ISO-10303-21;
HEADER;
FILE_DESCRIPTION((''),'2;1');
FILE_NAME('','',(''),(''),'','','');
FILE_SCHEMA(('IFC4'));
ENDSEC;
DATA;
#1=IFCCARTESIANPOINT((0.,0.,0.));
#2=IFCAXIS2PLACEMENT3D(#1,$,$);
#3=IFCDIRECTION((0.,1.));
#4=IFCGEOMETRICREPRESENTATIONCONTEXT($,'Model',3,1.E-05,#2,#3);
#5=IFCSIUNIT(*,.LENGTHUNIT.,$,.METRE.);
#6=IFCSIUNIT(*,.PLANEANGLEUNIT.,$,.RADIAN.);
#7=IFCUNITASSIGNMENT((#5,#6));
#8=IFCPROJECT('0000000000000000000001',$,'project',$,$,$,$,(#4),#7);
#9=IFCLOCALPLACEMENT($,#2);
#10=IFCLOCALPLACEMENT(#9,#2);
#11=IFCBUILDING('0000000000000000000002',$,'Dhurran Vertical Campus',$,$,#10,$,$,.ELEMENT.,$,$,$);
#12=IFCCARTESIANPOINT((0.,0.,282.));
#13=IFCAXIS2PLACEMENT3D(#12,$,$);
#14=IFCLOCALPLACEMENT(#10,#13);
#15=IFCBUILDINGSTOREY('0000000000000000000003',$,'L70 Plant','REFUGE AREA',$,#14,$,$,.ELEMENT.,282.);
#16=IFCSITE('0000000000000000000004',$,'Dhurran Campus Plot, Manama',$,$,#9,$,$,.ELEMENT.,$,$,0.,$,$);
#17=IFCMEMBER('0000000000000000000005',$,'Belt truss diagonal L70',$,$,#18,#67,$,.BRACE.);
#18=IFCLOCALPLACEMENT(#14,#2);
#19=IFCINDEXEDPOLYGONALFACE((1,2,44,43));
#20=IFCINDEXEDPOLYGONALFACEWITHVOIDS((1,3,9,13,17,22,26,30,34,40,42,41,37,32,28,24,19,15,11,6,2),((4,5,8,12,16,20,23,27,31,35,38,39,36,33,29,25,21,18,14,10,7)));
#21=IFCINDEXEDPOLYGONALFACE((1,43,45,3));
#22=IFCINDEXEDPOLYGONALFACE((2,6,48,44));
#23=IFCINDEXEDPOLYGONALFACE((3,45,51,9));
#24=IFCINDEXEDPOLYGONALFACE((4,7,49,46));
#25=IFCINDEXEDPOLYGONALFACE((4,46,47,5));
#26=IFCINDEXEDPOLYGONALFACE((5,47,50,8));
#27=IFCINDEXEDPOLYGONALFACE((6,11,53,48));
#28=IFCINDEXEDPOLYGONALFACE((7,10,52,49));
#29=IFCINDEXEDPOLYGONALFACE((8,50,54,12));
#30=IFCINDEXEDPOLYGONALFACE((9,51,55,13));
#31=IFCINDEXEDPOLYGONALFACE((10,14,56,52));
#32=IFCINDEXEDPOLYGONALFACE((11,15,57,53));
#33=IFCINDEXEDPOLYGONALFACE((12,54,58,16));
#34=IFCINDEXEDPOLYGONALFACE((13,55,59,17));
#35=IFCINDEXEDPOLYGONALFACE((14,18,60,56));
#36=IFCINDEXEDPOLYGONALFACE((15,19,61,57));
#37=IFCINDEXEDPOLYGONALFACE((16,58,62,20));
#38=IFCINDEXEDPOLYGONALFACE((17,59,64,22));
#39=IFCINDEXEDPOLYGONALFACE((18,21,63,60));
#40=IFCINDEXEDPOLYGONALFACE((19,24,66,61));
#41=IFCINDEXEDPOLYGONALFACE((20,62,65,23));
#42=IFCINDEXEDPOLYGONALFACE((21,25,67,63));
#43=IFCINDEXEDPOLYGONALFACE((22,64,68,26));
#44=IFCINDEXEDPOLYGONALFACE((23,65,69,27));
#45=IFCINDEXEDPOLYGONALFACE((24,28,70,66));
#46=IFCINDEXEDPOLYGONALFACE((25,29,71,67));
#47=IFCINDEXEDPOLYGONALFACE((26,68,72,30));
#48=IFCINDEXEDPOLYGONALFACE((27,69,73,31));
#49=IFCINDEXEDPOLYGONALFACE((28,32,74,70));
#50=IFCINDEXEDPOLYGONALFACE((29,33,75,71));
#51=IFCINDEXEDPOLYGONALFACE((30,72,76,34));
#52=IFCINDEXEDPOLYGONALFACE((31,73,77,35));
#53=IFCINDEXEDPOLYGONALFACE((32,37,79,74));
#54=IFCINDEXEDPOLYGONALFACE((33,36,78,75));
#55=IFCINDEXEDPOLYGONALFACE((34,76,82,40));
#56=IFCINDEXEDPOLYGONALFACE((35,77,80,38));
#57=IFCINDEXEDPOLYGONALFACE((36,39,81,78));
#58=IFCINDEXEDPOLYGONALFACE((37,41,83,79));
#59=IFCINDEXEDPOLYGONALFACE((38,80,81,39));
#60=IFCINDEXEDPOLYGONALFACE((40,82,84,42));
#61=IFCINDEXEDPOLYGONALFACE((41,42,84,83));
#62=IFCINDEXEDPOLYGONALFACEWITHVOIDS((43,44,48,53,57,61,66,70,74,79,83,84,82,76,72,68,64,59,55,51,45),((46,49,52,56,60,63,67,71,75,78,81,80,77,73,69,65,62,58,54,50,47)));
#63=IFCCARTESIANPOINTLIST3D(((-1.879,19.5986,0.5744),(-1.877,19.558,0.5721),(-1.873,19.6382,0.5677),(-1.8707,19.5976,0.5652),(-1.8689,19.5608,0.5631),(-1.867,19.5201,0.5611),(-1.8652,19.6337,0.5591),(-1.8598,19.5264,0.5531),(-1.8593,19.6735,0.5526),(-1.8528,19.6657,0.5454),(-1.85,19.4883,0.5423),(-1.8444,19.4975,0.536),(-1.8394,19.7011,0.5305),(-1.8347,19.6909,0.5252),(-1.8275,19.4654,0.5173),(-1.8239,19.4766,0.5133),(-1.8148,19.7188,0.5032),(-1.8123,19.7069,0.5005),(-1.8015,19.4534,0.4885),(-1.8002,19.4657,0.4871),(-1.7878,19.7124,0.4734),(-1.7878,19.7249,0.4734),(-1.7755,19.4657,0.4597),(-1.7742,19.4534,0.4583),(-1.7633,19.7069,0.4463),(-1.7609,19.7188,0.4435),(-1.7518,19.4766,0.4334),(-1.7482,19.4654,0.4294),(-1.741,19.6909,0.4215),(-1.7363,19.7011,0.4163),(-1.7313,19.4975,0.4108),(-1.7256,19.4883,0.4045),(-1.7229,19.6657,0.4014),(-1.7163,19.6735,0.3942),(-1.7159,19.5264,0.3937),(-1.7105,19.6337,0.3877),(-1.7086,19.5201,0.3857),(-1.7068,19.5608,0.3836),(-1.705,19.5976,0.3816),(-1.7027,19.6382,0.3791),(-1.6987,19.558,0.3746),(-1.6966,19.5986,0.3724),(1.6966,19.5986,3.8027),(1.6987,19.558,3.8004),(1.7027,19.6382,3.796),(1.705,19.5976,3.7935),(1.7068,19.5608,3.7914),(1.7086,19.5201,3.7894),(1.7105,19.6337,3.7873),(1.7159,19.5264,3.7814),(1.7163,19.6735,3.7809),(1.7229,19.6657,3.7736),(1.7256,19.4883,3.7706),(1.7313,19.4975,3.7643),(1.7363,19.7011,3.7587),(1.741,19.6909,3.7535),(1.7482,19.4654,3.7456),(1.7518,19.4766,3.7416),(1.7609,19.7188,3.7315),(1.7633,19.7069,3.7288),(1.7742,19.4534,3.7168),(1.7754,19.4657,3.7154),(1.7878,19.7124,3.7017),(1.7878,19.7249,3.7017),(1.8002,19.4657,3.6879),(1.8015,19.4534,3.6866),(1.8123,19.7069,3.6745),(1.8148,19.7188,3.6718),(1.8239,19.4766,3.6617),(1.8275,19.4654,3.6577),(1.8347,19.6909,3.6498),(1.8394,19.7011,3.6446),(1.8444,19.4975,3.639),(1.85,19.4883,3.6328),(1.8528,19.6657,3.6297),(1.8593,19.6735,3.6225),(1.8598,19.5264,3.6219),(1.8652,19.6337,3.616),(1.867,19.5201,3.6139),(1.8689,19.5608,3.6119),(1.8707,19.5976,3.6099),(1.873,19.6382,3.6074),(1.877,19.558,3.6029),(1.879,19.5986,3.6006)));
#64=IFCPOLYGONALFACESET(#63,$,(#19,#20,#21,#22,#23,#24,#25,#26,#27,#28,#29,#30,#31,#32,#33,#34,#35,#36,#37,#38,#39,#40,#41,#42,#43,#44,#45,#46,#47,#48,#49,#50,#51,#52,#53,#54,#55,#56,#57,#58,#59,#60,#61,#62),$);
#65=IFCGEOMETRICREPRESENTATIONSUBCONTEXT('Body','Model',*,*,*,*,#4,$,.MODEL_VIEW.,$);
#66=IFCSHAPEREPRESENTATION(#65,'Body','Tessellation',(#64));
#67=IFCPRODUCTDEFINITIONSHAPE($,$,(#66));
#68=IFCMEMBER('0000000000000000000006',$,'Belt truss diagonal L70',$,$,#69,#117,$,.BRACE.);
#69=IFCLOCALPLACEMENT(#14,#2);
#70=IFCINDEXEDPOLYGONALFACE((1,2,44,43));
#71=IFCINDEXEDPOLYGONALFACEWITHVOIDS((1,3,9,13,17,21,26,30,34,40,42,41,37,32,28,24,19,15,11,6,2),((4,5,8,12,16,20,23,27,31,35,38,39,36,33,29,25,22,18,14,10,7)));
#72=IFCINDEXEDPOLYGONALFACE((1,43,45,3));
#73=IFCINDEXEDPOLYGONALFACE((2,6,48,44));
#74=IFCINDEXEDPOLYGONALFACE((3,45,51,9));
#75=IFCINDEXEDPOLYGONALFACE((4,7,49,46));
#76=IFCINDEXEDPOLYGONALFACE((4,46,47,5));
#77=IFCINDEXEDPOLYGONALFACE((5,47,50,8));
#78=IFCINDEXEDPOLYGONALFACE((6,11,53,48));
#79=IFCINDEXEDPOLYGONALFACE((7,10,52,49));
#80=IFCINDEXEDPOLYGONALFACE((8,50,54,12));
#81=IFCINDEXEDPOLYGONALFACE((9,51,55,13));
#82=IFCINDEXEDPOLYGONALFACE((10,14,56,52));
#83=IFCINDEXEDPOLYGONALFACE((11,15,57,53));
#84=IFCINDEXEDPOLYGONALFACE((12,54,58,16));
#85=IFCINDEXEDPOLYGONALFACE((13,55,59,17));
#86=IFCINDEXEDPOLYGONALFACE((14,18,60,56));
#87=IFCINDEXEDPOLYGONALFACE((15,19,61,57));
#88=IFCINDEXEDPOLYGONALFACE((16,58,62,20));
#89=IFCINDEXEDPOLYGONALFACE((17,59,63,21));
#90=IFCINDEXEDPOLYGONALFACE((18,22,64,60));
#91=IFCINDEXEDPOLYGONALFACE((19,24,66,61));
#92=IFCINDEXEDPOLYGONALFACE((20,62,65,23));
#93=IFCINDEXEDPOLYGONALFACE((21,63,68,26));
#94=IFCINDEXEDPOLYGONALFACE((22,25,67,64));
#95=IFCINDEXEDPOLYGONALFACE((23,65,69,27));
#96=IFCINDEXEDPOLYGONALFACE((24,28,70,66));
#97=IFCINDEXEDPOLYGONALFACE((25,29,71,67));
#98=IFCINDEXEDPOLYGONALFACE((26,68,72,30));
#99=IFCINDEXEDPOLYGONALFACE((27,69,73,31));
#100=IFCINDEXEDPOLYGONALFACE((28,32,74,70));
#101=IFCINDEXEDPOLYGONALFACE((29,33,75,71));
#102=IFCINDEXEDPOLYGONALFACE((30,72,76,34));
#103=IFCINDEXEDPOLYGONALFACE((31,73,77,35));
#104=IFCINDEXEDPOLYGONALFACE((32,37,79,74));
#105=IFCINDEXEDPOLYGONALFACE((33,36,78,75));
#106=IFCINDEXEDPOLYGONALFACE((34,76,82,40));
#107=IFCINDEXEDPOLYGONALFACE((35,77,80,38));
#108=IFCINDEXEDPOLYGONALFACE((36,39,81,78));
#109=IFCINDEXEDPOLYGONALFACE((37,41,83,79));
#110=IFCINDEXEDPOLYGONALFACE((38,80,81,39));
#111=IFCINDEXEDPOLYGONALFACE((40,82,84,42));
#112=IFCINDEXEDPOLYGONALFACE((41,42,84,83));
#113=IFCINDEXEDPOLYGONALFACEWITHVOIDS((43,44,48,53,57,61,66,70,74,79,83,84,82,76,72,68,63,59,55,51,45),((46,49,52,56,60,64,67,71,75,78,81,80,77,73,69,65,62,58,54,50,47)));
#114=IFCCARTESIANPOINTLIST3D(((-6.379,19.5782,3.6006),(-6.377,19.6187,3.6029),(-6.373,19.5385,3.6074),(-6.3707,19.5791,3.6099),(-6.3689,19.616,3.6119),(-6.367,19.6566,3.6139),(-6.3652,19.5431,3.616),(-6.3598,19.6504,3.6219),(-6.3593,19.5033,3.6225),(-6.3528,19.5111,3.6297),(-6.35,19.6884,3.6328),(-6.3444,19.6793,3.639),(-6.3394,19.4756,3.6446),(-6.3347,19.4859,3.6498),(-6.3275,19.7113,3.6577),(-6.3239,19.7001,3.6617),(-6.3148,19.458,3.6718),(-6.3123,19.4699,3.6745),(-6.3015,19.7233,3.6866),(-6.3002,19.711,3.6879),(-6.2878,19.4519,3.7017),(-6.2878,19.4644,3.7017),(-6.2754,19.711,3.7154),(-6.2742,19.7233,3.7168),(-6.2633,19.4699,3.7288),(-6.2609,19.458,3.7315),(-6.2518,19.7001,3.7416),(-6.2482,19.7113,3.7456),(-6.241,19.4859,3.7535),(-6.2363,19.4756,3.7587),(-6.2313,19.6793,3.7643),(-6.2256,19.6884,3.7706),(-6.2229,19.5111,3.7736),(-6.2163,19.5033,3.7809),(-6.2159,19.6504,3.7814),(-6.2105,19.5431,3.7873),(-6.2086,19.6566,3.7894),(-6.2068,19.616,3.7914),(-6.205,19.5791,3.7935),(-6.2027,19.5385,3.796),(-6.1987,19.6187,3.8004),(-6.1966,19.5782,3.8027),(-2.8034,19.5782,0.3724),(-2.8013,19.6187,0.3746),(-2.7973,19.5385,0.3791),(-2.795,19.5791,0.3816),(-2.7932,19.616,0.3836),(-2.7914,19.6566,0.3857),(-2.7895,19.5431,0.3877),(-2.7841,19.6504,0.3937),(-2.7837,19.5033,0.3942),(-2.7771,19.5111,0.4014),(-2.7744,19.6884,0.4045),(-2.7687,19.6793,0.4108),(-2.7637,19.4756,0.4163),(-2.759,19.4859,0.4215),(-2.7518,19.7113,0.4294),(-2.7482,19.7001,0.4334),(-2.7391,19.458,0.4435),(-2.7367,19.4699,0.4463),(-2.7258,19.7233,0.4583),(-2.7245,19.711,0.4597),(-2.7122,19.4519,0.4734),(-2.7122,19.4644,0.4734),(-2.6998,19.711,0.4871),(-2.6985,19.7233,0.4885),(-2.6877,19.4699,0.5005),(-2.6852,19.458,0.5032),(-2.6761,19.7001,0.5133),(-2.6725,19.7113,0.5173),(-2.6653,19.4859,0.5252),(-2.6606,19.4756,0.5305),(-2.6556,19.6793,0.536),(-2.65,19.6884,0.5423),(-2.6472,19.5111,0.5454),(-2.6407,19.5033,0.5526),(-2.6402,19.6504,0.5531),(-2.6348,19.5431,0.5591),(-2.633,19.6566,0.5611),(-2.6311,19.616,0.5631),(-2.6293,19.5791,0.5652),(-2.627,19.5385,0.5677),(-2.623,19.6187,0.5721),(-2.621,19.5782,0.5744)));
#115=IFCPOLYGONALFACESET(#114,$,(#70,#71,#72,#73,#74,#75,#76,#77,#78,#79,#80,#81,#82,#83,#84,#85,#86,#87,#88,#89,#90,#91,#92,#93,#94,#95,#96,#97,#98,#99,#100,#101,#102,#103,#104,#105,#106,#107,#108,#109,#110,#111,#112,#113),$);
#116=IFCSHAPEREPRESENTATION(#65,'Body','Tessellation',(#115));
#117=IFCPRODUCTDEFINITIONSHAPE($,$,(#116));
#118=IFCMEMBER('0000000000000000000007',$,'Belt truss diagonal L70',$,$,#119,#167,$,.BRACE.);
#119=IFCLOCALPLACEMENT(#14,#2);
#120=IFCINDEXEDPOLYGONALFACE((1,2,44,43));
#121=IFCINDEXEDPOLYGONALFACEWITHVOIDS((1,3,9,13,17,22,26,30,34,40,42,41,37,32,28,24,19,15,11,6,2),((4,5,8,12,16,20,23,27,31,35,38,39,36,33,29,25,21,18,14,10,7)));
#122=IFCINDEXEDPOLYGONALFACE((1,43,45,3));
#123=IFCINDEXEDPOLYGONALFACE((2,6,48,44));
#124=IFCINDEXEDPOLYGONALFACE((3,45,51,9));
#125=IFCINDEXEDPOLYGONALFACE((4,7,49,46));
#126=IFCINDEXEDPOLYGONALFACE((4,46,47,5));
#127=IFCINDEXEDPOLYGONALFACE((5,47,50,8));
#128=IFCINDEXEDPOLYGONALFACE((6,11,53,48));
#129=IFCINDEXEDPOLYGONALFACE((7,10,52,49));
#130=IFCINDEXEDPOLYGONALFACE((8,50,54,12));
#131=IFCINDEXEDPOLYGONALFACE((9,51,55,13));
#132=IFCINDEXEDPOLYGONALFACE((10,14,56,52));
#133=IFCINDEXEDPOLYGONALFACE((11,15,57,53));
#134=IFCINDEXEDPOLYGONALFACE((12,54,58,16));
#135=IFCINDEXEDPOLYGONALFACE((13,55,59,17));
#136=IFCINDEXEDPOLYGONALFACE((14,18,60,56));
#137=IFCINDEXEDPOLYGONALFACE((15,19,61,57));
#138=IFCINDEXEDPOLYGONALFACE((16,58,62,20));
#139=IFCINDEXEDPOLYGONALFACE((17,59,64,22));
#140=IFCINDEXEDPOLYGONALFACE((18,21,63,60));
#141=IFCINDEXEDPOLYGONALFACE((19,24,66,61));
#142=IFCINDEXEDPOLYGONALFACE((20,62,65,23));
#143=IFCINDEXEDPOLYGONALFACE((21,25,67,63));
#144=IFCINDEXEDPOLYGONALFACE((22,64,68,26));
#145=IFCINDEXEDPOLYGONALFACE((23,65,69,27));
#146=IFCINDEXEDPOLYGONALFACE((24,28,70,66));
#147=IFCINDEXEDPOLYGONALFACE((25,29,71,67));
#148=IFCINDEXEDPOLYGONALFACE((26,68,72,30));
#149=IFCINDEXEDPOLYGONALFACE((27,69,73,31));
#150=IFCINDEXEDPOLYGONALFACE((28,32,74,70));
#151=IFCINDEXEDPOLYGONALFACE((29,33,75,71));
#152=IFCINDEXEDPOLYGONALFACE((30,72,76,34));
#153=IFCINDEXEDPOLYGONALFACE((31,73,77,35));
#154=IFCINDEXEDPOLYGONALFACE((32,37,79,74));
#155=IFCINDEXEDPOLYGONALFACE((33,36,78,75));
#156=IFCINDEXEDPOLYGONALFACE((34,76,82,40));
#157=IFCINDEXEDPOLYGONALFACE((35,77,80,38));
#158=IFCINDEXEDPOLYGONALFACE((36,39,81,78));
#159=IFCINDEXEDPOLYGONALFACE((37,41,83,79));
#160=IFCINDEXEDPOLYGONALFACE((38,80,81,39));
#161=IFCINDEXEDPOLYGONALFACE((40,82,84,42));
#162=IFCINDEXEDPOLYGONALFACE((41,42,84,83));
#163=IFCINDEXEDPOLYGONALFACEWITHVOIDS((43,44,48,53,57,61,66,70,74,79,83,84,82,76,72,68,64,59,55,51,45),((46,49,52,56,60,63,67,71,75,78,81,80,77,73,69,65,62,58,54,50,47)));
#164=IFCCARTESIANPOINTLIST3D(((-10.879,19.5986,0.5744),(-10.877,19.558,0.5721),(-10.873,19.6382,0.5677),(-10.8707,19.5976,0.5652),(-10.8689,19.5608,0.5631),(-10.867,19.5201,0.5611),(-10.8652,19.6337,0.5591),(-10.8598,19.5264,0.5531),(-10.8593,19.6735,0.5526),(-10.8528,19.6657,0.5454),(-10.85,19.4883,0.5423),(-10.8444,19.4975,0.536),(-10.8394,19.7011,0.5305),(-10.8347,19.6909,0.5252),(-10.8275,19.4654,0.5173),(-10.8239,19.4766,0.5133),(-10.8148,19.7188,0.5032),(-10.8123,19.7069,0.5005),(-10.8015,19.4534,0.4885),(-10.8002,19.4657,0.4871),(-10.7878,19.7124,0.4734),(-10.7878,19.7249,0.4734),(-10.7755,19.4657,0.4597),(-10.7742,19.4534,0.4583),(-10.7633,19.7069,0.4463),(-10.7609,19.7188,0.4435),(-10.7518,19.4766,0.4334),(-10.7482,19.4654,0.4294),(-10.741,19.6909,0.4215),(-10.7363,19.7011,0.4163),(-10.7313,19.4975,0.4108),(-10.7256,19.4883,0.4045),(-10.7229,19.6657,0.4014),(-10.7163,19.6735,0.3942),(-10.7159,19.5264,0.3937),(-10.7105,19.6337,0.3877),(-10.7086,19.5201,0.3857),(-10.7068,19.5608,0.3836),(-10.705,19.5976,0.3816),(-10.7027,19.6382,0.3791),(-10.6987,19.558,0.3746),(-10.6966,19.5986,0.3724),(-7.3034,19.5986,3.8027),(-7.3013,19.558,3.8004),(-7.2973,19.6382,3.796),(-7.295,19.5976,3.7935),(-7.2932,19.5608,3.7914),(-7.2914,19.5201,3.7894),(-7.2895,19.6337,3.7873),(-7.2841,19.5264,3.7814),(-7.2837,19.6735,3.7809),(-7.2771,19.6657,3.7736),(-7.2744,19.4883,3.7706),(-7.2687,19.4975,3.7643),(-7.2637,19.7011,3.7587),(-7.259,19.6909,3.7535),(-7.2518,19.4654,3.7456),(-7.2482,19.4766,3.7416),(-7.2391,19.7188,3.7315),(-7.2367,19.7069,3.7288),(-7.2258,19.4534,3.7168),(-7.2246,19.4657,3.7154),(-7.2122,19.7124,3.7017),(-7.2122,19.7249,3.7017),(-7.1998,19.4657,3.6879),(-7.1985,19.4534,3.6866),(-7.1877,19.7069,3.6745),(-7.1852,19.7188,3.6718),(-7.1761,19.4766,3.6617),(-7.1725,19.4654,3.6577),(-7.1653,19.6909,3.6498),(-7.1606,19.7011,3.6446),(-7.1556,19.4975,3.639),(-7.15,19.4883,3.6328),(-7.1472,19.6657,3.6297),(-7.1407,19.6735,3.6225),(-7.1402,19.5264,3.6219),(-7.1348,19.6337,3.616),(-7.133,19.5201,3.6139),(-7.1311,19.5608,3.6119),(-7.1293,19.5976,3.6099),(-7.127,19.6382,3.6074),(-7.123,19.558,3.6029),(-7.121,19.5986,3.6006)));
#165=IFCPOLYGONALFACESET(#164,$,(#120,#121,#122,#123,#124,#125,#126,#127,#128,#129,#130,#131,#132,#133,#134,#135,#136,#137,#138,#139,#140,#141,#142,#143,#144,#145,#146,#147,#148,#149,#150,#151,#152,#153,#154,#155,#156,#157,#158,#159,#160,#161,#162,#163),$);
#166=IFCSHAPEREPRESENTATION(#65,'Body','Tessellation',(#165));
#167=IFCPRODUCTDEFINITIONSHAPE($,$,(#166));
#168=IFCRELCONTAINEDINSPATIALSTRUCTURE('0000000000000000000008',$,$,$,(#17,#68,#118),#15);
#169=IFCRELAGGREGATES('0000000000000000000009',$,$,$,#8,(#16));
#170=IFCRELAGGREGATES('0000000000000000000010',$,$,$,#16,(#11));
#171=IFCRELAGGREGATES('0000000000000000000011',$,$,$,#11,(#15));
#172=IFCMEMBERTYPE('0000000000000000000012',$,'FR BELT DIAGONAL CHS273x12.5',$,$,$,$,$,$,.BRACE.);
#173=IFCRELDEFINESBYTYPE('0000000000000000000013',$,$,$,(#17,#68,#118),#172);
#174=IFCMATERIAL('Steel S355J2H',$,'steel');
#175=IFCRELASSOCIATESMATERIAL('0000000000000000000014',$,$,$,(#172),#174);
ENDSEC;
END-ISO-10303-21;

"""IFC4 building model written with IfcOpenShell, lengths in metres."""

from ifc_helpers import new_model, si_unit, direction, frame, origin, origin_2d, place, context, subcontext, project, spatial, hollow_circle, extrude, material, material_profile, profile_set, type_object, element, save


model = new_model("IFC4")

# Units and contexts
model_context = context("Model", 3, precision=1e-05, world=origin(), true_north=direction((0.0, 1.0)))
body_context = subcontext(model_context, "Body", "Model", "MODEL_VIEW")
ifc_project = project(units=[si_unit("LENGTHUNIT", "METRE"), si_unit("PLANEANGLEUNIT", "RADIAN")], contexts=[model_context])

# Site, building, storey
site_placement = place(None, origin())
site = spatial("IfcSite", under=ifc_project, at=site_placement, Name="Dhurran Campus Plot, Manama", CompositionType="ELEMENT", RefElevation=0.0)
building_placement = place(site_placement, origin())
building = spatial("IfcBuilding", under=site, at=building_placement, Name="Dhurran Vertical Campus", CompositionType="ELEMENT")
storey_placement = place(building_placement, frame((0.0, 0.0, 282.0)))
storey = spatial("IfcBuildingStorey", under=building, at=storey_placement, Name="L70 Plant", Description="REFUGE AREA", CompositionType="ELEMENT", Elevation=282.0)

# Members
ifc_material_1 = material(Name="Steel S355J2H", Category="steel")
ifc_material_profile_1 = material_profile(ifc_material_1, hollow_circle(Radius=0.1365, WallThickness=0.0125, at=origin_2d()), Name="CHS273x12.5")
ifc_profile_set_1 = profile_set([ifc_material_profile_1], Name="Steel S355J2H")
member_type = type_object("IfcMemberType", Name="FR BELT DIAGONAL CHS273x12.5", PredefinedType="BRACE", material=ifc_profile_set_1)
for number, where, z_axis, x_axis, name in (
    (1, (-1.7878, 19.5884, 0.4734), (0.742245, 0.0, 0.670129), (0.0, 1.0, 0.0), "Belt truss diagonal L70"),
    (2, (-2.7122, 19.5884, 0.4734), (-0.742245, 0.0, 0.670129), (0.0, -1.0, 0.0), "Belt truss diagonal L70"),
    (3, (-10.7878, 19.5884, 0.4734), (0.742245, 0.0, 0.670129), (0.0, 1.0, 0.0), "Belt truss diagonal L70"),
):
    element("IfcMember", number, at=place(storey_placement, frame(where, z_axis=z_axis, x_axis=x_axis)), inside=storey, type_object=member_type, Name=name, PredefinedType="BRACE", context=body_context, shape_type="SweptSolid", body=[
        extrude(hollow_circle(Radius=0.1365, WallThickness=0.0125, at=origin_2d()), origin(), (0.0, 0.0, 1.0), 4.8174),
    ])

save(model, "model.ifc")
